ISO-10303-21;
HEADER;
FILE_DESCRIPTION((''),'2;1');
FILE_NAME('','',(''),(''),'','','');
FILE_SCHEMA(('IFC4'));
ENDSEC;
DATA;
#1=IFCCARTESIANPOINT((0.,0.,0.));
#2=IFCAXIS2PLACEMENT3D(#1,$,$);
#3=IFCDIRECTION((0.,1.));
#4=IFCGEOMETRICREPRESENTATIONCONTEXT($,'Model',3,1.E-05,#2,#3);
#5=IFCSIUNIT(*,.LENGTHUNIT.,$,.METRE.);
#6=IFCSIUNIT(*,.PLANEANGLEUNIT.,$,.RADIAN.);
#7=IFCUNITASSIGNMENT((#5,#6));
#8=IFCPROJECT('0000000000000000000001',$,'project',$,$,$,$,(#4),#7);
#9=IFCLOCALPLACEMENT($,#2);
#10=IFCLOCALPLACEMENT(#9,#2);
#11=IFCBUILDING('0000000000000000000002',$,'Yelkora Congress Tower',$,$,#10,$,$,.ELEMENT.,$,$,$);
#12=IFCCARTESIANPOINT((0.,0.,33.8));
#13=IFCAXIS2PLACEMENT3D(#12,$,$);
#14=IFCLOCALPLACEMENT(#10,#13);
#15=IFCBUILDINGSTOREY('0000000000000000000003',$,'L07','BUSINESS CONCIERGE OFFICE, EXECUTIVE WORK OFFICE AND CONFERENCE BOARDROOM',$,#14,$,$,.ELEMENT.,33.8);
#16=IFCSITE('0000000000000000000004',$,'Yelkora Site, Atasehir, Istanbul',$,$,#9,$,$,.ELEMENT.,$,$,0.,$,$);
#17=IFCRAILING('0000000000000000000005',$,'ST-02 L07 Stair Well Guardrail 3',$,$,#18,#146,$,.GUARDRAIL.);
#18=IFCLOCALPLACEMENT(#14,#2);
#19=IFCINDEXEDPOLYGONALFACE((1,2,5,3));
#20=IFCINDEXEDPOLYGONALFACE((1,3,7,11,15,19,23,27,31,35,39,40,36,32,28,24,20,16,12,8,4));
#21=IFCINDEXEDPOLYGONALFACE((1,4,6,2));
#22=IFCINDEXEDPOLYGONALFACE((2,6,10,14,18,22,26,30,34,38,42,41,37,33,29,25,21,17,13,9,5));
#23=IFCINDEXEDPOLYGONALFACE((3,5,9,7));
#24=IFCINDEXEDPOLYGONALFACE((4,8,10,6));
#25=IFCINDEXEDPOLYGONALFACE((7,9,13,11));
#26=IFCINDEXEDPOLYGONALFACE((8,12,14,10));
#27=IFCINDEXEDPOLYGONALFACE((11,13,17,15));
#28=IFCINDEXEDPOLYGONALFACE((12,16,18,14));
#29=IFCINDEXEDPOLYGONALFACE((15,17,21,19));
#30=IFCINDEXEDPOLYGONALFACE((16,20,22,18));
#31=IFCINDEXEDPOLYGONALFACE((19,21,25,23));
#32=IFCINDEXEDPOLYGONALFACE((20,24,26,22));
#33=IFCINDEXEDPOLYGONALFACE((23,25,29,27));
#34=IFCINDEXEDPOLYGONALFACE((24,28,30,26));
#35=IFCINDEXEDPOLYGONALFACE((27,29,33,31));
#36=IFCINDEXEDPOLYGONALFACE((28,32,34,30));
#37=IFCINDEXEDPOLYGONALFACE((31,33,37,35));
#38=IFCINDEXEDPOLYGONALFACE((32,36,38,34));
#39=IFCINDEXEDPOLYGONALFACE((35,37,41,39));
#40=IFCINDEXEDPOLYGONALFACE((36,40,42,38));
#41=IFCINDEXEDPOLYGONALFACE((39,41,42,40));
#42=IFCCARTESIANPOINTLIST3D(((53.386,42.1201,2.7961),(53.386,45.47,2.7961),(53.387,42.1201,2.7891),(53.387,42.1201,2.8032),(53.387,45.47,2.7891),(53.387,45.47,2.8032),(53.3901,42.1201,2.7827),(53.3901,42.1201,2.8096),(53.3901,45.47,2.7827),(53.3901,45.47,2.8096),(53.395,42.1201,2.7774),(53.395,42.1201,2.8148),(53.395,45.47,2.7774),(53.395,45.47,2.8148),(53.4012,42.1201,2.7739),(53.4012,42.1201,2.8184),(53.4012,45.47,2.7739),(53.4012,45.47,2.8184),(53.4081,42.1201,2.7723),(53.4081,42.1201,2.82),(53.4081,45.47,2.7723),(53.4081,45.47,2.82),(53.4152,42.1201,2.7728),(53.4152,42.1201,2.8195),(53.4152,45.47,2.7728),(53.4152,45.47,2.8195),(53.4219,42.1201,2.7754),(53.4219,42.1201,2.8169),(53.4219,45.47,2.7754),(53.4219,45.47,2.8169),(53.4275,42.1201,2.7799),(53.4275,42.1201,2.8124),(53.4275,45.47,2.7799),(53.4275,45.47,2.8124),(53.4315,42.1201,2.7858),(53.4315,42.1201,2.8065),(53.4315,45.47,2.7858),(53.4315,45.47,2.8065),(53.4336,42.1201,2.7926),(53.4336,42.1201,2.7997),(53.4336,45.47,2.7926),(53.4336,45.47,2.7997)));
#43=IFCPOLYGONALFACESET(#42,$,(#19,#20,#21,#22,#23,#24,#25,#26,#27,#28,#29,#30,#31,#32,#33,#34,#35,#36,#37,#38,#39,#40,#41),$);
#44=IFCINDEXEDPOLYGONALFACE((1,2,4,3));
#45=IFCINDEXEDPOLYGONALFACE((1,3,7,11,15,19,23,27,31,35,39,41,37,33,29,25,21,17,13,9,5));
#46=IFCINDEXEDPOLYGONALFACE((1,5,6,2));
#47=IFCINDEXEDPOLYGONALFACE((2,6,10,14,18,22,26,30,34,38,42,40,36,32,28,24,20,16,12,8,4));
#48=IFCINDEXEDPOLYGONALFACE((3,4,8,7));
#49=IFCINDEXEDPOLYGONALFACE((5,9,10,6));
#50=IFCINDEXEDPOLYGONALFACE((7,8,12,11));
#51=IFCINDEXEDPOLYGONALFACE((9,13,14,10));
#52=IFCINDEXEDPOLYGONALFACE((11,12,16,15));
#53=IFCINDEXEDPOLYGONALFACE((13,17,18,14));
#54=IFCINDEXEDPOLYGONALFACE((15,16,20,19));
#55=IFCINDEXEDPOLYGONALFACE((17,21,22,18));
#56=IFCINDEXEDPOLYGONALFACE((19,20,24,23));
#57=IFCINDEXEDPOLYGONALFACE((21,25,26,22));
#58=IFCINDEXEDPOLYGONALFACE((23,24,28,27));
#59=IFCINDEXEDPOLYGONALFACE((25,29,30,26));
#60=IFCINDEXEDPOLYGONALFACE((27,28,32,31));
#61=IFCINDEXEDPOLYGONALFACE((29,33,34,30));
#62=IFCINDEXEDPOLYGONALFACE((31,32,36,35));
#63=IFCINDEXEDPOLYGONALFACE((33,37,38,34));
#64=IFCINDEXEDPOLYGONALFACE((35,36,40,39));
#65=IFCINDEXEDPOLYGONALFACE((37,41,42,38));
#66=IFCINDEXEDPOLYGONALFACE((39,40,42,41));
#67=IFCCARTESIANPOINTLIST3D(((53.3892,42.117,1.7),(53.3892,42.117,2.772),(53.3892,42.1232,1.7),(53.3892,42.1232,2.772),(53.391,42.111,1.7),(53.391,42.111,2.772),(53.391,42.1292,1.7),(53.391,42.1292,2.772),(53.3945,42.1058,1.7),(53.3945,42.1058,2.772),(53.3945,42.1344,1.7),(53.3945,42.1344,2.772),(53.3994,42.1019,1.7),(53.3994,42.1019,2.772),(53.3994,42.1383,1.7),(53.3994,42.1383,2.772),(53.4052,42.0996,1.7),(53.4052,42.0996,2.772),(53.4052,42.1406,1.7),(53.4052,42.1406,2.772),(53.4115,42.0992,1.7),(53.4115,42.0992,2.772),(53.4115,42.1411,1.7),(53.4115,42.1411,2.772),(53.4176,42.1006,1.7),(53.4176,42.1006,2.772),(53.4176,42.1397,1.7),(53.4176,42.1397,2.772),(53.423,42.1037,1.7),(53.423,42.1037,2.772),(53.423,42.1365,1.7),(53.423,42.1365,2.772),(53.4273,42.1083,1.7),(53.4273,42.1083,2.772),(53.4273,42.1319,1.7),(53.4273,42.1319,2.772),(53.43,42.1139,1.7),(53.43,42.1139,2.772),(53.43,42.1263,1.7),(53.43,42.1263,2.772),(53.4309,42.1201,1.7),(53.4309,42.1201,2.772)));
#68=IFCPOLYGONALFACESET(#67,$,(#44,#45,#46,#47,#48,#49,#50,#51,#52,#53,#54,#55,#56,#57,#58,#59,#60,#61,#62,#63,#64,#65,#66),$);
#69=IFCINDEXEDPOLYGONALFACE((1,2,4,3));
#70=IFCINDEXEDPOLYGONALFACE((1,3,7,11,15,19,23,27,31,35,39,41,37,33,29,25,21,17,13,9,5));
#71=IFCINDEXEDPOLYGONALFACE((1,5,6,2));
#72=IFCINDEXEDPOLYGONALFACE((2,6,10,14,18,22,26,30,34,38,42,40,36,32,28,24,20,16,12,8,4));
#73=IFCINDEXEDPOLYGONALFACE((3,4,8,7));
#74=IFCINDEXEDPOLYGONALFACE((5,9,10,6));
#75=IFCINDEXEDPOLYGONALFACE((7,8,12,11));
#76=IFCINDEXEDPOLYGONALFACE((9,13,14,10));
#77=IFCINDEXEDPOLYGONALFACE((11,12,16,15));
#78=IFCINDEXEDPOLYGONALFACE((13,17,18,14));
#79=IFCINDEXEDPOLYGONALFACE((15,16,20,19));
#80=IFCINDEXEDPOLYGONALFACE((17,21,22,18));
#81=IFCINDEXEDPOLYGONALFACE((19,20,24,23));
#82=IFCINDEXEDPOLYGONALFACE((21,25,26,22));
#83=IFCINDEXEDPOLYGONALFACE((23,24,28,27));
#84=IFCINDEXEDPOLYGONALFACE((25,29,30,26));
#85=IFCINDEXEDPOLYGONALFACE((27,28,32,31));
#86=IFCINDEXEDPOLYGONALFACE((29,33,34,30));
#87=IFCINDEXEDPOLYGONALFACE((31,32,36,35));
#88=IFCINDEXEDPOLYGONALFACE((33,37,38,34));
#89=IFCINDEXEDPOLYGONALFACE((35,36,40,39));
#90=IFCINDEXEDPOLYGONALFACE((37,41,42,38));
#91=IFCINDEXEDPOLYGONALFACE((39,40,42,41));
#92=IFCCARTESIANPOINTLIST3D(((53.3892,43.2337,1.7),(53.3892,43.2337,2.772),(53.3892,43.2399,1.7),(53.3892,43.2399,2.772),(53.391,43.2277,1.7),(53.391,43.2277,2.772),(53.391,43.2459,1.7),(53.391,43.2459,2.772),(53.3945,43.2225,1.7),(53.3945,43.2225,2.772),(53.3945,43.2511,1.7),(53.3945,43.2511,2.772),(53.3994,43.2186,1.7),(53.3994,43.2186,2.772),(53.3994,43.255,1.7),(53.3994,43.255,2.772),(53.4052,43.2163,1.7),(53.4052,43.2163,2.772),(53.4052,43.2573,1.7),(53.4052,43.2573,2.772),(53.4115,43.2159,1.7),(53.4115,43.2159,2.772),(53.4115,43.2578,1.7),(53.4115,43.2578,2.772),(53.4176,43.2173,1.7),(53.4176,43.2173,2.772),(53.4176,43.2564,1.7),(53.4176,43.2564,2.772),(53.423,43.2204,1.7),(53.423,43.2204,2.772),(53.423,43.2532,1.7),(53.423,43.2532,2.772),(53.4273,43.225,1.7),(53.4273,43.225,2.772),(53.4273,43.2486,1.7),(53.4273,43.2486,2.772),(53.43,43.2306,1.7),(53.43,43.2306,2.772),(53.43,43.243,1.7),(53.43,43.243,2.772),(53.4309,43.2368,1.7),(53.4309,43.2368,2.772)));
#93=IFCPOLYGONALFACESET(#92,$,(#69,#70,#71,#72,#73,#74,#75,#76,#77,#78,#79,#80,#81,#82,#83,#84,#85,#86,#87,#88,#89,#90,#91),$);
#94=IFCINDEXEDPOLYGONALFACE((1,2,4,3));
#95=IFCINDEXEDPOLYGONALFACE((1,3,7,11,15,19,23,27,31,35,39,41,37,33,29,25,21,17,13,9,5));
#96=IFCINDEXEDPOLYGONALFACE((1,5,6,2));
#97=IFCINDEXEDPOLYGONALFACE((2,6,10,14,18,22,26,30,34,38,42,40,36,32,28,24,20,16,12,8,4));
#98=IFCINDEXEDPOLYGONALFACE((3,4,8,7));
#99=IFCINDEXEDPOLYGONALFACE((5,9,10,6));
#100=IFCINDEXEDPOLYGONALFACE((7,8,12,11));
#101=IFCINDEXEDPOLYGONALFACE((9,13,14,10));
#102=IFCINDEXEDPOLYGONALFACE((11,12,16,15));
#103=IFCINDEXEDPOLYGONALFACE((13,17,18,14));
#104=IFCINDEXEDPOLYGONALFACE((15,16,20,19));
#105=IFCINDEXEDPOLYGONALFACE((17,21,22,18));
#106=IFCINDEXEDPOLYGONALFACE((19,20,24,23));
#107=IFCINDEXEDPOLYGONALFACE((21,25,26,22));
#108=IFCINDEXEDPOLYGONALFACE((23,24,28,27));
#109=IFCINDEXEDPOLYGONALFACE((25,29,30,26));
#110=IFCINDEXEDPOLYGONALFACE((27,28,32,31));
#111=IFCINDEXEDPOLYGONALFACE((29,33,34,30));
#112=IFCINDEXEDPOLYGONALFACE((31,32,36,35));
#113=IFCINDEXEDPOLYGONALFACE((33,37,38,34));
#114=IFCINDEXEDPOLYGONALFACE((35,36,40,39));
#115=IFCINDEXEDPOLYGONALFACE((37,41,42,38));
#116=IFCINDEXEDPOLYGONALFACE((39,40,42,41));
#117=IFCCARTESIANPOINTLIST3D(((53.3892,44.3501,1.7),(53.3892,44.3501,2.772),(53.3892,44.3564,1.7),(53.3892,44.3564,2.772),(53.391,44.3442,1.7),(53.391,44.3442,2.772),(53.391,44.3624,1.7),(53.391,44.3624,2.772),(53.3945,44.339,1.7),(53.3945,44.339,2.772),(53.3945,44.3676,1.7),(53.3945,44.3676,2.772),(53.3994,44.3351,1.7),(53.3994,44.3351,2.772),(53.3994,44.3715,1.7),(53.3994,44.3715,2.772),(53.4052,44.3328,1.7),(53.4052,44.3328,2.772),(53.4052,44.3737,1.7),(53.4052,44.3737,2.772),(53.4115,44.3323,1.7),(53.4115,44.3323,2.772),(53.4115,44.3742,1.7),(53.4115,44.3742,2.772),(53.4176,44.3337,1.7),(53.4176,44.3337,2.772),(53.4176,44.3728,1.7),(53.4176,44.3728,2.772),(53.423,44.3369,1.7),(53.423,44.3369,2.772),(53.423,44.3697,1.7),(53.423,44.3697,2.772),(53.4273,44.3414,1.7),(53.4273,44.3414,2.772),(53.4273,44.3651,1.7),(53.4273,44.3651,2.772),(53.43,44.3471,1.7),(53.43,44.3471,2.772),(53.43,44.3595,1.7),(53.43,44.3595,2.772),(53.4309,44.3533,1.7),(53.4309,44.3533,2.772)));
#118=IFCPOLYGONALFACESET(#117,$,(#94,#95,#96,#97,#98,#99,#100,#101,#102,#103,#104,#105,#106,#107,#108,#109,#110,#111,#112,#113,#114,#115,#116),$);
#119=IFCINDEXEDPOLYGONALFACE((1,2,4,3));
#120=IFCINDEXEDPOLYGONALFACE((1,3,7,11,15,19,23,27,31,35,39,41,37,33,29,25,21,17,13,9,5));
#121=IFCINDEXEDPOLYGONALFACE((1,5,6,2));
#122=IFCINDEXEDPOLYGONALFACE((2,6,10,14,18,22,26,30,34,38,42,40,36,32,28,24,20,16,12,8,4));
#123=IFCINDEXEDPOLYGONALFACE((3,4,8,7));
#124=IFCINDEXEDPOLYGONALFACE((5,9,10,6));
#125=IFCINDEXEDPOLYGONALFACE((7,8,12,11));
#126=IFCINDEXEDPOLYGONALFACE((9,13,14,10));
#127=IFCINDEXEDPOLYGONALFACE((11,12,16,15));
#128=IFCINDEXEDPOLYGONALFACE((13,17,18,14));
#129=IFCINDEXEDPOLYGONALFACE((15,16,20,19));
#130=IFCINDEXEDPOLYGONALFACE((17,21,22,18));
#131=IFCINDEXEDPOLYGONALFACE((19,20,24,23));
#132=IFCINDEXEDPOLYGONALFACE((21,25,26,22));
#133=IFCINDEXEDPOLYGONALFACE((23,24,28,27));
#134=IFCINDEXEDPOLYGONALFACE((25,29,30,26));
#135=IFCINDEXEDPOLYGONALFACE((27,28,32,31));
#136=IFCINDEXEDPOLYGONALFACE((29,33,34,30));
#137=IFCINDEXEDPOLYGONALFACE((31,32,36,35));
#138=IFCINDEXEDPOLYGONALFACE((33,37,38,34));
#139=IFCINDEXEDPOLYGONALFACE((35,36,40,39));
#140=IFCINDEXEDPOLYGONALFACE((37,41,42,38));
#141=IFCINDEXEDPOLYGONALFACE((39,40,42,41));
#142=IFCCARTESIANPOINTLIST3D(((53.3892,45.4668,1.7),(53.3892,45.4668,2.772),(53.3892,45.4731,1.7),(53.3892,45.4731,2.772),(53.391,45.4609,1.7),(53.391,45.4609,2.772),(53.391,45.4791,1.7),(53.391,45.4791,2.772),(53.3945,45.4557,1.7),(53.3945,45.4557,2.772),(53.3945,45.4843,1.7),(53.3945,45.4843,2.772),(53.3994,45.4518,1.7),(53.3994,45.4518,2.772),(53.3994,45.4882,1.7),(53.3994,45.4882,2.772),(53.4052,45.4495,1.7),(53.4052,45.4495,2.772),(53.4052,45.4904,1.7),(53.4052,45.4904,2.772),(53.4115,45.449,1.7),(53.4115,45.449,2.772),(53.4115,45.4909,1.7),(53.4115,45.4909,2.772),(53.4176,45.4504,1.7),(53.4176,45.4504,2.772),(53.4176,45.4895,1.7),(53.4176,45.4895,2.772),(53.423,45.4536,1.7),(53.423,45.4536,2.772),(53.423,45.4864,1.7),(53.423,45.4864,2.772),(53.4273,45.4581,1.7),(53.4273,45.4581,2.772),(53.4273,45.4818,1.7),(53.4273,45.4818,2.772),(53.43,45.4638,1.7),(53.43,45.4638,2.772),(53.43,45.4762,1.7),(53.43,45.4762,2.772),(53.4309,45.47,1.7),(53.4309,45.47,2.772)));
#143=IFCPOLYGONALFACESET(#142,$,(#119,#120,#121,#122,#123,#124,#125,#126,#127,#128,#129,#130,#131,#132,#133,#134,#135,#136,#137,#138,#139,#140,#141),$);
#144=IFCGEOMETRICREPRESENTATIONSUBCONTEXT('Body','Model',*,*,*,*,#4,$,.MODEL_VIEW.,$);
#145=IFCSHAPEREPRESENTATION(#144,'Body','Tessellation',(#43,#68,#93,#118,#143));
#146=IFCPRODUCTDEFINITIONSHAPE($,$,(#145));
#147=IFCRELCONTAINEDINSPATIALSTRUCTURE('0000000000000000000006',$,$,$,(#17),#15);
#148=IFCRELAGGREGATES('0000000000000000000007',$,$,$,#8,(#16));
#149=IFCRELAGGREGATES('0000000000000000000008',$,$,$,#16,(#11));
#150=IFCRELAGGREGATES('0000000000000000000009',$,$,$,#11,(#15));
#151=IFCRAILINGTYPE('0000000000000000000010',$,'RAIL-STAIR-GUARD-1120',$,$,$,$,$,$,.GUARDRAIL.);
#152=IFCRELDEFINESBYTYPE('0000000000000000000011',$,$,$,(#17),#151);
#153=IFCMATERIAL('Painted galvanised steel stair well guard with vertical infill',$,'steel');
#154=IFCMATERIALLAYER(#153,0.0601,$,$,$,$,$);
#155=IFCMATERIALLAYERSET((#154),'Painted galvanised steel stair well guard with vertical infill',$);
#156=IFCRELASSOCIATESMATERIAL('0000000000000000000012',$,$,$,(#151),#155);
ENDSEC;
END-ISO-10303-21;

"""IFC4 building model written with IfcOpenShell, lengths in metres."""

from ifc_helpers import new_model, si_unit, direction, frame, origin, origin_2d, place, context, subcontext, project, spatial, circle, extrude, material, layer, layer_set, type_object, element, save


model = new_model("IFC4")

# Units and contexts
model_context = context("Model", 3, precision=1e-05, world=origin(), true_north=direction((0.0, 1.0)))
body_context = subcontext(model_context, "Body", "Model", "MODEL_VIEW")
ifc_project = project(units=[si_unit("LENGTHUNIT", "METRE"), si_unit("PLANEANGLEUNIT", "RADIAN")], contexts=[model_context])

# Site, building, storey
site_placement = place(None, origin())
site = spatial("IfcSite", under=ifc_project, at=site_placement, Name="Yelkora Site, Atasehir, Istanbul", CompositionType="ELEMENT", RefElevation=0.0)
building_placement = place(site_placement, origin())
building = spatial("IfcBuilding", under=site, at=building_placement, Name="Yelkora Congress Tower", CompositionType="ELEMENT")
storey_placement = place(building_placement, frame((0.0, 0.0, 33.8)))
storey = spatial("IfcBuildingStorey", under=building, at=storey_placement, Name="L07", Description="BUSINESS CONCIERGE OFFICE, EXECUTIVE WORK OFFICE AND CONFERENCE BOARDROOM", CompositionType="ELEMENT", Elevation=33.8)

# Railing
ifc_material_1 = material(Name="Painted galvanised steel stair well guard with vertical infill", Category="steel")
ifc_layer_1 = layer(ifc_material_1, 0.0601)
ifc_layer_set_1 = layer_set([ifc_layer_1], Name="Painted galvanised steel stair well guard with vertical infill")
railing_type_1 = type_object("IfcRailingType", Name="RAIL-STAIR-GUARD-1120", PredefinedType="GUARDRAIL", material=ifc_layer_set_1)
railing_1_placement = place(storey_placement, frame((53.4099, 42.1201, 1.7)))
element("IfcRailing", 1, at=railing_1_placement, inside=storey, type_object=railing_type_1, Name="ST-02 L07 Stair Well Guardrail 3", PredefinedType="GUARDRAIL", context=body_context, shape_type="SweptSolid", body=[
    extrude(circle(Radius=0.0239, at=origin_2d()), frame((0.0, 0.0, 1.0962), z_axis=(0.0, 1.0, 0.0), x_axis=(-1.0, 0.0, 0.0)), (0.0, 0.0, 1.0), 3.3499),
    extrude(circle(Radius=0.021, at=origin_2d()), origin(), (0.0, 0.0, 1.0), 1.072),
    extrude(circle(Radius=0.021, at=origin_2d()), frame((0.0, 1.1167, 0.0)), (0.0, 0.0, 1.0), 1.072),
    extrude(circle(Radius=0.021, at=origin_2d()), frame((0.0, 2.2332, 0.0)), (0.0, 0.0, 1.0), 1.072),
    extrude(circle(Radius=0.021, at=origin_2d()), frame((0.0, 3.3499, 0.0)), (0.0, 0.0, 1.0), 1.072),
])

save(model, "model.ifc")
